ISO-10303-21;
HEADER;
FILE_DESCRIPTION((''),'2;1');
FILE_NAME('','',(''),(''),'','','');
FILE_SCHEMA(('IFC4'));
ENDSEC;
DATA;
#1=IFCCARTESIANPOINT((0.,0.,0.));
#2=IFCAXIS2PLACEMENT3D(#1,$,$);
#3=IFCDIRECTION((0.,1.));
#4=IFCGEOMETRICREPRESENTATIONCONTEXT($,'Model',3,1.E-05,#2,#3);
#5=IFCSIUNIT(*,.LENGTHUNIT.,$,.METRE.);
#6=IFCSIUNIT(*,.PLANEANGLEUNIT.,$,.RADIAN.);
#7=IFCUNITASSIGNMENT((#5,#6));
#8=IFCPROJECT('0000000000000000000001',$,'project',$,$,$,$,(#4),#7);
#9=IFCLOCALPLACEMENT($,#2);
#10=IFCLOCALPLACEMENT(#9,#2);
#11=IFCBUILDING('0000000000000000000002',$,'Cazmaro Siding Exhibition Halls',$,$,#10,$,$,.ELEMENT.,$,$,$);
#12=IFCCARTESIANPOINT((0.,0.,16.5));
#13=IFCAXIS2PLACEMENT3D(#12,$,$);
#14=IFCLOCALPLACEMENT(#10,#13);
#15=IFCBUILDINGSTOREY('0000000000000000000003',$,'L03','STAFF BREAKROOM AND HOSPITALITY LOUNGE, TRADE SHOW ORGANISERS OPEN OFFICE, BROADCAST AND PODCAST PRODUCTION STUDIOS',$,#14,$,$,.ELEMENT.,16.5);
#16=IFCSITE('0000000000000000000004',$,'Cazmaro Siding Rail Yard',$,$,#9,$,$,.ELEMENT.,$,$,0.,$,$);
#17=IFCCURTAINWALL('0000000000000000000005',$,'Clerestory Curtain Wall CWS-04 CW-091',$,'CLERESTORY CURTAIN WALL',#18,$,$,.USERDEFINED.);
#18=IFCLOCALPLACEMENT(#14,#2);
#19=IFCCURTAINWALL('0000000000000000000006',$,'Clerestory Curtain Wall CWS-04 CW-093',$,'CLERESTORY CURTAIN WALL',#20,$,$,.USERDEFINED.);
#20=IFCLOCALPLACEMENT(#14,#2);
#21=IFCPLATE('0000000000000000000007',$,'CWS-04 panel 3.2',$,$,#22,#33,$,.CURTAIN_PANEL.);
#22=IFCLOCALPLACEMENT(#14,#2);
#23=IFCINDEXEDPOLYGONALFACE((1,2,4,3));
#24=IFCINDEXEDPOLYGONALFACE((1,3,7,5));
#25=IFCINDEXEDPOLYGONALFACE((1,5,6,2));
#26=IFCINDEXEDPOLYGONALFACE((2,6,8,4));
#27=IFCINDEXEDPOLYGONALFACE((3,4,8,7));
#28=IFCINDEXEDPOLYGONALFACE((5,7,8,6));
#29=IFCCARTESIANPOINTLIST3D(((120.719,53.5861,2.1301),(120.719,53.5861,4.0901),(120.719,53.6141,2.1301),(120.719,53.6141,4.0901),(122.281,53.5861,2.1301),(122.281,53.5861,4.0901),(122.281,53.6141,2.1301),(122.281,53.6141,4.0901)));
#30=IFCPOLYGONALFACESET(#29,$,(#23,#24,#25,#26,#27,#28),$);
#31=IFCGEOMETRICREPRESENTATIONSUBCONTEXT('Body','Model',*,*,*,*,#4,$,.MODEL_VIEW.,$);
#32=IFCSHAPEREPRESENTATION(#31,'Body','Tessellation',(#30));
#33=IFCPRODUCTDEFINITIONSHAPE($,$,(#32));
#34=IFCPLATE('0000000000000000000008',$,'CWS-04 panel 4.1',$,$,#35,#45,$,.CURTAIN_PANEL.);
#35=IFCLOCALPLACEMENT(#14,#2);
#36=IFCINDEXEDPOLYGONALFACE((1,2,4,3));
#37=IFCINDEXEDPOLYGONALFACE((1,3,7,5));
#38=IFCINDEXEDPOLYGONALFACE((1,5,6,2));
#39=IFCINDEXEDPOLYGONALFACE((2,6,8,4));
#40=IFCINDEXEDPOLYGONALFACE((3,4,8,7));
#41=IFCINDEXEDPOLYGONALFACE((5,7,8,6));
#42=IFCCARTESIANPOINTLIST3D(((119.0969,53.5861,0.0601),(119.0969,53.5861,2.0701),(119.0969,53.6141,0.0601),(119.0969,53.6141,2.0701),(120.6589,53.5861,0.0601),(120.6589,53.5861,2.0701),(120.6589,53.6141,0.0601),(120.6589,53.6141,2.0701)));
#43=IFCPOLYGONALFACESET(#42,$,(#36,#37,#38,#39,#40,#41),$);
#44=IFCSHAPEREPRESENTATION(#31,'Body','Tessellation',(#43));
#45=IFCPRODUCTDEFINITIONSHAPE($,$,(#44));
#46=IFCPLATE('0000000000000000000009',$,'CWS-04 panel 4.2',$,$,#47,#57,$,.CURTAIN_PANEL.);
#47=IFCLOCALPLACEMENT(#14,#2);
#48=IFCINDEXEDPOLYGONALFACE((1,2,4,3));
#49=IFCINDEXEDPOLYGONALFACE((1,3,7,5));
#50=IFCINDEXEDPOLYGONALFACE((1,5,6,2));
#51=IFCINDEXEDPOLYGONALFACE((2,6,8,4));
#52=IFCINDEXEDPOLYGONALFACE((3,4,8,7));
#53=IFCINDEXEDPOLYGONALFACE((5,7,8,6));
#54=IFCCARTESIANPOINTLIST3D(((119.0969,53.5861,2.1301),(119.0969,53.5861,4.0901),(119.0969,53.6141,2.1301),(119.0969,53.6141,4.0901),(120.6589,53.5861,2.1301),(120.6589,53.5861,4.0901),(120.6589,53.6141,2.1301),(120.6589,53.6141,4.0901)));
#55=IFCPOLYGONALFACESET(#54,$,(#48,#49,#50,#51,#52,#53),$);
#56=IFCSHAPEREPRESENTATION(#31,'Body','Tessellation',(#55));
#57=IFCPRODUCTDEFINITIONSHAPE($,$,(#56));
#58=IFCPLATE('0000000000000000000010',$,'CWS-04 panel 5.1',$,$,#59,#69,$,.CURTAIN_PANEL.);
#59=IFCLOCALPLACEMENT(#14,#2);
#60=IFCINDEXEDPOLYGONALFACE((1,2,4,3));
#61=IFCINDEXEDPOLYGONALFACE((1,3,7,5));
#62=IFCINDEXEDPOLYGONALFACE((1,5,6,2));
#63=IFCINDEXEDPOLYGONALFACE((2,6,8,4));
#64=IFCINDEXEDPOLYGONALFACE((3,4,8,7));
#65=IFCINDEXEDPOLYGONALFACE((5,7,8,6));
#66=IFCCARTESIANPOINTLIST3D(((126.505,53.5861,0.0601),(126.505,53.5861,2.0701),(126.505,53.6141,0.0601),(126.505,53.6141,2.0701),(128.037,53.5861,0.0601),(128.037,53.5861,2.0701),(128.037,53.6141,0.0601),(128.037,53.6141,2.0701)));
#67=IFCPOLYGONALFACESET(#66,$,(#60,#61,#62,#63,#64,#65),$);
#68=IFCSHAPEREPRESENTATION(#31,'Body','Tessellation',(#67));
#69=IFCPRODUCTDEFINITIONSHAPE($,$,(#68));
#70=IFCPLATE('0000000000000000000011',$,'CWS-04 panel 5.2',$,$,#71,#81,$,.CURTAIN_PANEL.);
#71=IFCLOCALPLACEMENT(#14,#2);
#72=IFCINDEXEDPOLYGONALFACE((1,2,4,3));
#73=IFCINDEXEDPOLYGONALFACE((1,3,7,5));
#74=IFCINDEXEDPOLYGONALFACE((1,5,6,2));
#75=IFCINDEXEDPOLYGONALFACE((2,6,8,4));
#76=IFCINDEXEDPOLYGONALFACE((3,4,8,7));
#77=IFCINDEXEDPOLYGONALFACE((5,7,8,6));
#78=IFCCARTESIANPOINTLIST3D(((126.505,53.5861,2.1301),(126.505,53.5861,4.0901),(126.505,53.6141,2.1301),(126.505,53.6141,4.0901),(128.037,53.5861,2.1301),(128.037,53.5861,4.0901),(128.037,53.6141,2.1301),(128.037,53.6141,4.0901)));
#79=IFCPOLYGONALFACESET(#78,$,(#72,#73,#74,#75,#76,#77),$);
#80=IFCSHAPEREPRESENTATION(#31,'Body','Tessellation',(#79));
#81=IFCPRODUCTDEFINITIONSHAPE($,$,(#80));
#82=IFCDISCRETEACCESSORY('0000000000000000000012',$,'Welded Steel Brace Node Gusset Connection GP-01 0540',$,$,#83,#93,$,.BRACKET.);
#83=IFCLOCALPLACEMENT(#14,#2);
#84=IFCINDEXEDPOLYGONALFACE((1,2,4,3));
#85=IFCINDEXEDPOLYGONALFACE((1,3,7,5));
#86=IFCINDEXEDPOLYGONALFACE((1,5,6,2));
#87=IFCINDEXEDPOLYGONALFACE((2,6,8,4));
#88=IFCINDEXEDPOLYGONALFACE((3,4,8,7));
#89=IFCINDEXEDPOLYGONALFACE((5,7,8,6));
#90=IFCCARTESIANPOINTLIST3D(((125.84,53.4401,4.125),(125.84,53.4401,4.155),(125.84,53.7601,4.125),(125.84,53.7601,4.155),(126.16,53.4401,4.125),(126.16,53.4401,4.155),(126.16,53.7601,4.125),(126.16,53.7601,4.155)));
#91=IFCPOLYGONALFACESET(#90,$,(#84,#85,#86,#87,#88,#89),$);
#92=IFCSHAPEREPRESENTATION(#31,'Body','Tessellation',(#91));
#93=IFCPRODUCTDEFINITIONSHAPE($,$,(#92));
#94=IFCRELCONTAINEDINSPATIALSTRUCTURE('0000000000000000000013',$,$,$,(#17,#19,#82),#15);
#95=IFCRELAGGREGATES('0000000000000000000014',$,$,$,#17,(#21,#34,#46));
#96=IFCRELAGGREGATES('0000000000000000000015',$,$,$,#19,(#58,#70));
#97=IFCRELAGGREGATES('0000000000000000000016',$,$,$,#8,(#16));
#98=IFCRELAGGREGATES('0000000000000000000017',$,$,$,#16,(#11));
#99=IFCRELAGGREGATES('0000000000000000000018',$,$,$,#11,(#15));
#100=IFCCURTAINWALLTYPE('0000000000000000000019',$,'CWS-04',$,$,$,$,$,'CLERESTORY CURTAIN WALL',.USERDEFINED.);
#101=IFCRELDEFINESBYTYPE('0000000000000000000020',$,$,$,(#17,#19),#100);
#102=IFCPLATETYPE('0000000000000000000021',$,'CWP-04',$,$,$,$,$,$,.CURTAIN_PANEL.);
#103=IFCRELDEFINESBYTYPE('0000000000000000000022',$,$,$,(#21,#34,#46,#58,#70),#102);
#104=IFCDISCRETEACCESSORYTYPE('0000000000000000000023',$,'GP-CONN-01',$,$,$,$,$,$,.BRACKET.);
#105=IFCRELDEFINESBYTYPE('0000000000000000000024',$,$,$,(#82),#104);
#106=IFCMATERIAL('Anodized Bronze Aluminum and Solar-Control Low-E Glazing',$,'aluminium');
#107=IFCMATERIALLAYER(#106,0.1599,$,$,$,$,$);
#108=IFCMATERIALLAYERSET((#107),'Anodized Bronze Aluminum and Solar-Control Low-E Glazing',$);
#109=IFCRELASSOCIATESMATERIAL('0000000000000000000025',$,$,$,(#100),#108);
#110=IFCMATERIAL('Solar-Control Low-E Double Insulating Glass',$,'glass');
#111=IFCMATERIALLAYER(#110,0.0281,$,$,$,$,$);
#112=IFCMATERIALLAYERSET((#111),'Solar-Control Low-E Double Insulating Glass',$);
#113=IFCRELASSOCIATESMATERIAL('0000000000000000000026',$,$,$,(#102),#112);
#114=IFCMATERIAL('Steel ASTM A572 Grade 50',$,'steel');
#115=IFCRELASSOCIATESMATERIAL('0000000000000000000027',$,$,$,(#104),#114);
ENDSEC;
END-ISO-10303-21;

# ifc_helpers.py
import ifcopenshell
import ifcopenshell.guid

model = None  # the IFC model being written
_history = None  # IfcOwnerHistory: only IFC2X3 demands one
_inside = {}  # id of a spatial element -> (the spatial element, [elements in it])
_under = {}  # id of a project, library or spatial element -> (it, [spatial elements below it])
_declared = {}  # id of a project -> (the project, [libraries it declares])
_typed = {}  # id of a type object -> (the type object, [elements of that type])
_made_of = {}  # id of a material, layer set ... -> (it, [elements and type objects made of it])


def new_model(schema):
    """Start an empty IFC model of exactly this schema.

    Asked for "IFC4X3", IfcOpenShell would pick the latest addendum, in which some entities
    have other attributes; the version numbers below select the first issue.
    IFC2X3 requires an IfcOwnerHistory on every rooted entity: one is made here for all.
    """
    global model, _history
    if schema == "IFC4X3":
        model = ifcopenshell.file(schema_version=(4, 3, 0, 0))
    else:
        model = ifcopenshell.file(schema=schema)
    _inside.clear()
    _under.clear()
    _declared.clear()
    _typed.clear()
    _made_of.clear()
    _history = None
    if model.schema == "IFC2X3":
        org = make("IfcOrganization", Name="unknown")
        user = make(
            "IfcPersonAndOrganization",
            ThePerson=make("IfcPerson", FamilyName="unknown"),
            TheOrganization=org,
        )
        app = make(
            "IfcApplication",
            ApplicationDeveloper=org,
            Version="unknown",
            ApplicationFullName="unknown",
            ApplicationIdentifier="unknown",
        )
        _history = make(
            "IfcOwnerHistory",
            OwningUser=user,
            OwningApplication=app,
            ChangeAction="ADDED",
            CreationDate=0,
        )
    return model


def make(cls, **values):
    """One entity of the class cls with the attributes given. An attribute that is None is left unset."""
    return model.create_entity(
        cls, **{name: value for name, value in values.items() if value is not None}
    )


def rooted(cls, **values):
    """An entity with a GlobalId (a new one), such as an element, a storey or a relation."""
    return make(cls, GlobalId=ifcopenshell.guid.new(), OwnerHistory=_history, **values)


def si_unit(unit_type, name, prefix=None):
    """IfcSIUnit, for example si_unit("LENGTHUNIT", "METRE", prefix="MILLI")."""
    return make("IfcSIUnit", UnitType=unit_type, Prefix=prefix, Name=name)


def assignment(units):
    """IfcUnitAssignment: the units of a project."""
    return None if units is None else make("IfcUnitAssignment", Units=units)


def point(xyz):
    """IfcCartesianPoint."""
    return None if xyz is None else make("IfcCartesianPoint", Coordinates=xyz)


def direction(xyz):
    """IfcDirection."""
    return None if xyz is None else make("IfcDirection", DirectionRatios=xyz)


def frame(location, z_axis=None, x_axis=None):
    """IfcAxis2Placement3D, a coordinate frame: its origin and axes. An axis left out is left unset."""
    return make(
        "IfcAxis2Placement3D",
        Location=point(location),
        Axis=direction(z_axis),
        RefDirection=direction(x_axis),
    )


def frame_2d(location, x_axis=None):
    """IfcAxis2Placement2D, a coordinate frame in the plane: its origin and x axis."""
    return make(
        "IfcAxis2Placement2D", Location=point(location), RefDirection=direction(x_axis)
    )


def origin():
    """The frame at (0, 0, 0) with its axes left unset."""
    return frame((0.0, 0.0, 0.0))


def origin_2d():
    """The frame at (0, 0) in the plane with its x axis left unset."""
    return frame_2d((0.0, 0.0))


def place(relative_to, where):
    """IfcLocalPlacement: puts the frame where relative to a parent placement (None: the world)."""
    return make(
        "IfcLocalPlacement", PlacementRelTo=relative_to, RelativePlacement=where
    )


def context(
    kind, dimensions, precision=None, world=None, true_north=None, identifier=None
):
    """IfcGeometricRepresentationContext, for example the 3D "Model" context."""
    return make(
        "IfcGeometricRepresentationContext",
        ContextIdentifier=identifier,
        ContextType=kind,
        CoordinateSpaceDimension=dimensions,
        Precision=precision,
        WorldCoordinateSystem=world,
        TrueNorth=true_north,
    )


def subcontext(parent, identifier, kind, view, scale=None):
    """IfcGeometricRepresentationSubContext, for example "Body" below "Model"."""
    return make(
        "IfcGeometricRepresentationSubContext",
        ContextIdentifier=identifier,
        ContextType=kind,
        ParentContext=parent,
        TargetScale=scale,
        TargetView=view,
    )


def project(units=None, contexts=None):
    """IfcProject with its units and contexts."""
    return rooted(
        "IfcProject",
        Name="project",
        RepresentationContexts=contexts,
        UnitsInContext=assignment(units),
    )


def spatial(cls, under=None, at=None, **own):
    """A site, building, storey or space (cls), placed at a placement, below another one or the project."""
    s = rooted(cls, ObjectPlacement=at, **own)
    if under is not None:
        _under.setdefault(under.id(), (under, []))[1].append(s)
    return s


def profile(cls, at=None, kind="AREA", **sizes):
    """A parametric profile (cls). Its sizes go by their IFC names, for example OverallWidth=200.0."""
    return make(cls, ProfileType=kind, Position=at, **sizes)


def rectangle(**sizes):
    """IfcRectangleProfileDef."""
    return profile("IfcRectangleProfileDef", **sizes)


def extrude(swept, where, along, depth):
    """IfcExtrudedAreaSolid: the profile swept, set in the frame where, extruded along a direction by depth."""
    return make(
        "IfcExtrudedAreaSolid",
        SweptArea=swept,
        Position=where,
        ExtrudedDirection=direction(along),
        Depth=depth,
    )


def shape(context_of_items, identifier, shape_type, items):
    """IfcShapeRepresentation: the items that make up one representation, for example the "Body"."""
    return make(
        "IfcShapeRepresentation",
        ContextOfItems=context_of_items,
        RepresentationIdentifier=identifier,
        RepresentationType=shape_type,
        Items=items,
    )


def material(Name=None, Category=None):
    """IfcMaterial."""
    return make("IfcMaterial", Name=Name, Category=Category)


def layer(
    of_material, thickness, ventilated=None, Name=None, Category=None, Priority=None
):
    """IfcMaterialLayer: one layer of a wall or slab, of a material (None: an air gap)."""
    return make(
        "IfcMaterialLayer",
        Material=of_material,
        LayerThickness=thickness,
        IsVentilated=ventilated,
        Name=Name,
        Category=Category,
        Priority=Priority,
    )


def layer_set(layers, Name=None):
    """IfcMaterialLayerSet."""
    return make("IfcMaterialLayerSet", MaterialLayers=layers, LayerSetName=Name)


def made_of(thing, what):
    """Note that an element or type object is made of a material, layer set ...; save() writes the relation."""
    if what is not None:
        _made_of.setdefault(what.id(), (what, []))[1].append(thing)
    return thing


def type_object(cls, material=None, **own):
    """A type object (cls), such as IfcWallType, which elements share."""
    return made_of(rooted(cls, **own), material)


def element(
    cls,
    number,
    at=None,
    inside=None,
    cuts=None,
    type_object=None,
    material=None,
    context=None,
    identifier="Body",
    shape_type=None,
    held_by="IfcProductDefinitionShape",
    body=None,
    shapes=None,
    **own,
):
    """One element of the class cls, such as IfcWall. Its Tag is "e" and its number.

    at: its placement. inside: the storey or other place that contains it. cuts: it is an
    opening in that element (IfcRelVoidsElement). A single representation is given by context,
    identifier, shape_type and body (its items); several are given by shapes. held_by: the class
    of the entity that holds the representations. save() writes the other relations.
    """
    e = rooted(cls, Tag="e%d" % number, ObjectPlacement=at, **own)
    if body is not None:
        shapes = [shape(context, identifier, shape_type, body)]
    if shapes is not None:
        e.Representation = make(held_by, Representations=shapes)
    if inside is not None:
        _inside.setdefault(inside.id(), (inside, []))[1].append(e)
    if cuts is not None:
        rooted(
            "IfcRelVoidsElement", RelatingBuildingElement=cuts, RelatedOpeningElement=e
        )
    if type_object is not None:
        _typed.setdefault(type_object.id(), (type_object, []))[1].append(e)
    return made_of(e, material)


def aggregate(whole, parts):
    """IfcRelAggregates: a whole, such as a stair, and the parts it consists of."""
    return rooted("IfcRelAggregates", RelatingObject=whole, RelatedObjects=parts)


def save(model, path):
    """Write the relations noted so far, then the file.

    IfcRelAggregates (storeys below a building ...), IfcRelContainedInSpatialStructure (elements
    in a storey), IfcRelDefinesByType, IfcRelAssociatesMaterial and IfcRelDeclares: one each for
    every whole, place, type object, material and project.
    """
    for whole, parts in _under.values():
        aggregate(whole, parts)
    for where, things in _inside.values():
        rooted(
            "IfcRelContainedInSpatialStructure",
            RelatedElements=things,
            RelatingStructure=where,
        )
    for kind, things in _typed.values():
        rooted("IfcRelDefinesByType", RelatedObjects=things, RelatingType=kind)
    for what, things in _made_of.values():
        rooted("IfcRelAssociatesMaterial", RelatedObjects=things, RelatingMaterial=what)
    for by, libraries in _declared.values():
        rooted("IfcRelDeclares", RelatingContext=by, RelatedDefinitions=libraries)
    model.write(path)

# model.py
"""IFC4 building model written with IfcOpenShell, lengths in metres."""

from ifc_helpers import new_model, si_unit, direction, frame, origin, origin_2d, place, context, subcontext, project, spatial, rectangle, extrude, material, layer, layer_set, type_object, element, aggregate, save


model = new_model("IFC4")

# Units and contexts
model_context = context("Model", 3, precision=1e-05, world=origin(), true_north=direction((0.0, 1.0)))
body_context = subcontext(model_context, "Body", "Model", "MODEL_VIEW")
ifc_project = project(units=[si_unit("LENGTHUNIT", "METRE"), si_unit("PLANEANGLEUNIT", "RADIAN")], contexts=[model_context])

# Site, building, storey
site_placement = place(None, origin())
site = spatial("IfcSite", under=ifc_project, at=site_placement, Name="Cazmaro Siding Rail Yard", CompositionType="ELEMENT", RefElevation=0.0)
building_placement = place(site_placement, origin())
building = spatial("IfcBuilding", under=site, at=building_placement, Name="Cazmaro Siding Exhibition Halls", CompositionType="ELEMENT")
storey_placement = place(building_placement, frame((0.0, 0.0, 16.5)))
storey = spatial("IfcBuildingStorey", under=building, at=storey_placement, Name="L03", Description="STAFF BREAKROOM AND HOSPITALITY LOUNGE, TRADE SHOW ORGANISERS OPEN OFFICE, BROADCAST AND PODCAST PRODUCTION STUDIOS", CompositionType="ELEMENT", Elevation=16.5)

# Curtain wall
ifc_material_1 = material(Name="Anodized Bronze Aluminum and Solar-Control Low-E Glazing", Category="aluminium")
ifc_layer_1 = layer(ifc_material_1, 0.1599)
ifc_layer_set_1 = layer_set([ifc_layer_1], Name="Anodized Bronze Aluminum and Solar-Control Low-E Glazing")
curtain_wall_type = type_object("IfcCurtainWallType", Name="CWS-04", ElementType="CLERESTORY CURTAIN WALL", PredefinedType="USERDEFINED", material=ifc_layer_set_1)
curtain_wall_1_placement = place(storey_placement, origin())
curtain_wall_1 = element("IfcCurtainWall", 1, at=curtain_wall_1_placement, inside=storey, type_object=curtain_wall_type, Name="Clerestory Curtain Wall CWS-04 CW-091", ObjectType="CLERESTORY CURTAIN WALL", PredefinedType="USERDEFINED")

# Curtain wall
curtain_wall_2_placement = place(storey_placement, origin())
curtain_wall_2 = element("IfcCurtainWall", 2, at=curtain_wall_2_placement, inside=storey, type_object=curtain_wall_type, Name="Clerestory Curtain Wall CWS-04 CW-093", ObjectType="CLERESTORY CURTAIN WALL", PredefinedType="USERDEFINED")

# Plates
ifc_material_2 = material(Name="Solar-Control Low-E Double Insulating Glass", Category="glass")
ifc_layer_2 = layer(ifc_material_2, 0.0281)
ifc_layer_set_2 = layer_set([ifc_layer_2], Name="Solar-Control Low-E Double Insulating Glass")
plate_type = type_object("IfcPlateType", Name="CWP-04", PredefinedType="CURTAIN_PANEL", material=ifc_layer_set_2)
plate_1_placement = place(storey_placement, frame((121.5, 53.6001, 2.1301), z_axis=(0.0, 0.0, 1.0), x_axis=(-1.0, 0.0, 0.0)))
plate_1 = element("IfcPlate", 3, at=plate_1_placement, type_object=plate_type, Name="CWS-04 panel 3.2", PredefinedType="CURTAIN_PANEL", context=body_context, shape_type="SweptSolid", body=[
    extrude(rectangle(XDim=1.562, YDim=0.0281, at=origin_2d()), origin(), (0.0, 0.0, 1.0), 1.96),
])
plate_2_placement = place(storey_placement, frame((119.8779, 53.6001, 0.0601), z_axis=(0.0, 0.0, 1.0), x_axis=(-1.0, 0.0, 0.0)))
plate_2 = element("IfcPlate", 4, at=plate_2_placement, type_object=plate_type, Name="CWS-04 panel 4.1", PredefinedType="CURTAIN_PANEL", context=body_context, shape_type="SweptSolid", body=[
    extrude(rectangle(XDim=1.562, YDim=0.0281, at=origin_2d()), origin(), (0.0, 0.0, 1.0), 2.01),
])
plate_3_placement = place(storey_placement, frame((119.8779, 53.6001, 2.1301), z_axis=(0.0, 0.0, 1.0), x_axis=(-1.0, 0.0, 0.0)))
plate_3 = element("IfcPlate", 5, at=plate_3_placement, type_object=plate_type, Name="CWS-04 panel 4.2", PredefinedType="CURTAIN_PANEL", context=body_context, shape_type="SweptSolid", body=[
    extrude(rectangle(XDim=1.562, YDim=0.0281, at=origin_2d()), origin(), (0.0, 0.0, 1.0), 1.96),
])
aggregate(curtain_wall_1, [plate_1, plate_2, plate_3])
plate_4_placement = place(storey_placement, frame((127.271, 53.6001, 0.0601), z_axis=(0.0, 0.0, 1.0), x_axis=(-1.0, 0.0, 0.0)))
plate_4 = element("IfcPlate", 6, at=plate_4_placement, type_object=plate_type, Name="CWS-04 panel 5.1", PredefinedType="CURTAIN_PANEL", context=body_context, shape_type="SweptSolid", body=[
    extrude(rectangle(XDim=1.532, YDim=0.0281, at=origin_2d()), origin(), (0.0, 0.0, 1.0), 2.01),
])
plate_5_placement = place(storey_placement, frame((127.271, 53.6001, 2.1301), z_axis=(0.0, 0.0, 1.0), x_axis=(-1.0, 0.0, 0.0)))
plate_5 = element("IfcPlate", 7, at=plate_5_placement, type_object=plate_type, Name="CWS-04 panel 5.2", PredefinedType="CURTAIN_PANEL", context=body_context, shape_type="SweptSolid", body=[
    extrude(rectangle(XDim=1.532, YDim=0.0281, at=origin_2d()), origin(), (0.0, 0.0, 1.0), 1.96),
])
aggregate(curtain_wall_2, [plate_4, plate_5])

# Discrete accessory
ifc_material_3 = material(Name="Steel ASTM A572 Grade 50", Category="steel")
discrete_accessory_type = type_object("IfcDiscreteAccessoryType", Name="GP-CONN-01", PredefinedType="BRACKET", material=ifc_material_3)
discrete_accessory_placement = place(storey_placement, frame((126.0, 53.6001, 4.125), z_axis=(0.0, 0.0, 1.0), x_axis=(1.0, 0.0, 0.0)))
element("IfcDiscreteAccessory", 8, at=discrete_accessory_placement, inside=storey, type_object=discrete_accessory_type, Name="Welded Steel Brace Node Gusset Connection GP-01 0540", PredefinedType="BRACKET", context=body_context, shape_type="SweptSolid", body=[
    extrude(rectangle(XDim=0.3201, YDim=0.3201, at=origin_2d()), origin(), (0.0, 0.0, 1.0), 0.03),
])

save(model, "model.ifc")
